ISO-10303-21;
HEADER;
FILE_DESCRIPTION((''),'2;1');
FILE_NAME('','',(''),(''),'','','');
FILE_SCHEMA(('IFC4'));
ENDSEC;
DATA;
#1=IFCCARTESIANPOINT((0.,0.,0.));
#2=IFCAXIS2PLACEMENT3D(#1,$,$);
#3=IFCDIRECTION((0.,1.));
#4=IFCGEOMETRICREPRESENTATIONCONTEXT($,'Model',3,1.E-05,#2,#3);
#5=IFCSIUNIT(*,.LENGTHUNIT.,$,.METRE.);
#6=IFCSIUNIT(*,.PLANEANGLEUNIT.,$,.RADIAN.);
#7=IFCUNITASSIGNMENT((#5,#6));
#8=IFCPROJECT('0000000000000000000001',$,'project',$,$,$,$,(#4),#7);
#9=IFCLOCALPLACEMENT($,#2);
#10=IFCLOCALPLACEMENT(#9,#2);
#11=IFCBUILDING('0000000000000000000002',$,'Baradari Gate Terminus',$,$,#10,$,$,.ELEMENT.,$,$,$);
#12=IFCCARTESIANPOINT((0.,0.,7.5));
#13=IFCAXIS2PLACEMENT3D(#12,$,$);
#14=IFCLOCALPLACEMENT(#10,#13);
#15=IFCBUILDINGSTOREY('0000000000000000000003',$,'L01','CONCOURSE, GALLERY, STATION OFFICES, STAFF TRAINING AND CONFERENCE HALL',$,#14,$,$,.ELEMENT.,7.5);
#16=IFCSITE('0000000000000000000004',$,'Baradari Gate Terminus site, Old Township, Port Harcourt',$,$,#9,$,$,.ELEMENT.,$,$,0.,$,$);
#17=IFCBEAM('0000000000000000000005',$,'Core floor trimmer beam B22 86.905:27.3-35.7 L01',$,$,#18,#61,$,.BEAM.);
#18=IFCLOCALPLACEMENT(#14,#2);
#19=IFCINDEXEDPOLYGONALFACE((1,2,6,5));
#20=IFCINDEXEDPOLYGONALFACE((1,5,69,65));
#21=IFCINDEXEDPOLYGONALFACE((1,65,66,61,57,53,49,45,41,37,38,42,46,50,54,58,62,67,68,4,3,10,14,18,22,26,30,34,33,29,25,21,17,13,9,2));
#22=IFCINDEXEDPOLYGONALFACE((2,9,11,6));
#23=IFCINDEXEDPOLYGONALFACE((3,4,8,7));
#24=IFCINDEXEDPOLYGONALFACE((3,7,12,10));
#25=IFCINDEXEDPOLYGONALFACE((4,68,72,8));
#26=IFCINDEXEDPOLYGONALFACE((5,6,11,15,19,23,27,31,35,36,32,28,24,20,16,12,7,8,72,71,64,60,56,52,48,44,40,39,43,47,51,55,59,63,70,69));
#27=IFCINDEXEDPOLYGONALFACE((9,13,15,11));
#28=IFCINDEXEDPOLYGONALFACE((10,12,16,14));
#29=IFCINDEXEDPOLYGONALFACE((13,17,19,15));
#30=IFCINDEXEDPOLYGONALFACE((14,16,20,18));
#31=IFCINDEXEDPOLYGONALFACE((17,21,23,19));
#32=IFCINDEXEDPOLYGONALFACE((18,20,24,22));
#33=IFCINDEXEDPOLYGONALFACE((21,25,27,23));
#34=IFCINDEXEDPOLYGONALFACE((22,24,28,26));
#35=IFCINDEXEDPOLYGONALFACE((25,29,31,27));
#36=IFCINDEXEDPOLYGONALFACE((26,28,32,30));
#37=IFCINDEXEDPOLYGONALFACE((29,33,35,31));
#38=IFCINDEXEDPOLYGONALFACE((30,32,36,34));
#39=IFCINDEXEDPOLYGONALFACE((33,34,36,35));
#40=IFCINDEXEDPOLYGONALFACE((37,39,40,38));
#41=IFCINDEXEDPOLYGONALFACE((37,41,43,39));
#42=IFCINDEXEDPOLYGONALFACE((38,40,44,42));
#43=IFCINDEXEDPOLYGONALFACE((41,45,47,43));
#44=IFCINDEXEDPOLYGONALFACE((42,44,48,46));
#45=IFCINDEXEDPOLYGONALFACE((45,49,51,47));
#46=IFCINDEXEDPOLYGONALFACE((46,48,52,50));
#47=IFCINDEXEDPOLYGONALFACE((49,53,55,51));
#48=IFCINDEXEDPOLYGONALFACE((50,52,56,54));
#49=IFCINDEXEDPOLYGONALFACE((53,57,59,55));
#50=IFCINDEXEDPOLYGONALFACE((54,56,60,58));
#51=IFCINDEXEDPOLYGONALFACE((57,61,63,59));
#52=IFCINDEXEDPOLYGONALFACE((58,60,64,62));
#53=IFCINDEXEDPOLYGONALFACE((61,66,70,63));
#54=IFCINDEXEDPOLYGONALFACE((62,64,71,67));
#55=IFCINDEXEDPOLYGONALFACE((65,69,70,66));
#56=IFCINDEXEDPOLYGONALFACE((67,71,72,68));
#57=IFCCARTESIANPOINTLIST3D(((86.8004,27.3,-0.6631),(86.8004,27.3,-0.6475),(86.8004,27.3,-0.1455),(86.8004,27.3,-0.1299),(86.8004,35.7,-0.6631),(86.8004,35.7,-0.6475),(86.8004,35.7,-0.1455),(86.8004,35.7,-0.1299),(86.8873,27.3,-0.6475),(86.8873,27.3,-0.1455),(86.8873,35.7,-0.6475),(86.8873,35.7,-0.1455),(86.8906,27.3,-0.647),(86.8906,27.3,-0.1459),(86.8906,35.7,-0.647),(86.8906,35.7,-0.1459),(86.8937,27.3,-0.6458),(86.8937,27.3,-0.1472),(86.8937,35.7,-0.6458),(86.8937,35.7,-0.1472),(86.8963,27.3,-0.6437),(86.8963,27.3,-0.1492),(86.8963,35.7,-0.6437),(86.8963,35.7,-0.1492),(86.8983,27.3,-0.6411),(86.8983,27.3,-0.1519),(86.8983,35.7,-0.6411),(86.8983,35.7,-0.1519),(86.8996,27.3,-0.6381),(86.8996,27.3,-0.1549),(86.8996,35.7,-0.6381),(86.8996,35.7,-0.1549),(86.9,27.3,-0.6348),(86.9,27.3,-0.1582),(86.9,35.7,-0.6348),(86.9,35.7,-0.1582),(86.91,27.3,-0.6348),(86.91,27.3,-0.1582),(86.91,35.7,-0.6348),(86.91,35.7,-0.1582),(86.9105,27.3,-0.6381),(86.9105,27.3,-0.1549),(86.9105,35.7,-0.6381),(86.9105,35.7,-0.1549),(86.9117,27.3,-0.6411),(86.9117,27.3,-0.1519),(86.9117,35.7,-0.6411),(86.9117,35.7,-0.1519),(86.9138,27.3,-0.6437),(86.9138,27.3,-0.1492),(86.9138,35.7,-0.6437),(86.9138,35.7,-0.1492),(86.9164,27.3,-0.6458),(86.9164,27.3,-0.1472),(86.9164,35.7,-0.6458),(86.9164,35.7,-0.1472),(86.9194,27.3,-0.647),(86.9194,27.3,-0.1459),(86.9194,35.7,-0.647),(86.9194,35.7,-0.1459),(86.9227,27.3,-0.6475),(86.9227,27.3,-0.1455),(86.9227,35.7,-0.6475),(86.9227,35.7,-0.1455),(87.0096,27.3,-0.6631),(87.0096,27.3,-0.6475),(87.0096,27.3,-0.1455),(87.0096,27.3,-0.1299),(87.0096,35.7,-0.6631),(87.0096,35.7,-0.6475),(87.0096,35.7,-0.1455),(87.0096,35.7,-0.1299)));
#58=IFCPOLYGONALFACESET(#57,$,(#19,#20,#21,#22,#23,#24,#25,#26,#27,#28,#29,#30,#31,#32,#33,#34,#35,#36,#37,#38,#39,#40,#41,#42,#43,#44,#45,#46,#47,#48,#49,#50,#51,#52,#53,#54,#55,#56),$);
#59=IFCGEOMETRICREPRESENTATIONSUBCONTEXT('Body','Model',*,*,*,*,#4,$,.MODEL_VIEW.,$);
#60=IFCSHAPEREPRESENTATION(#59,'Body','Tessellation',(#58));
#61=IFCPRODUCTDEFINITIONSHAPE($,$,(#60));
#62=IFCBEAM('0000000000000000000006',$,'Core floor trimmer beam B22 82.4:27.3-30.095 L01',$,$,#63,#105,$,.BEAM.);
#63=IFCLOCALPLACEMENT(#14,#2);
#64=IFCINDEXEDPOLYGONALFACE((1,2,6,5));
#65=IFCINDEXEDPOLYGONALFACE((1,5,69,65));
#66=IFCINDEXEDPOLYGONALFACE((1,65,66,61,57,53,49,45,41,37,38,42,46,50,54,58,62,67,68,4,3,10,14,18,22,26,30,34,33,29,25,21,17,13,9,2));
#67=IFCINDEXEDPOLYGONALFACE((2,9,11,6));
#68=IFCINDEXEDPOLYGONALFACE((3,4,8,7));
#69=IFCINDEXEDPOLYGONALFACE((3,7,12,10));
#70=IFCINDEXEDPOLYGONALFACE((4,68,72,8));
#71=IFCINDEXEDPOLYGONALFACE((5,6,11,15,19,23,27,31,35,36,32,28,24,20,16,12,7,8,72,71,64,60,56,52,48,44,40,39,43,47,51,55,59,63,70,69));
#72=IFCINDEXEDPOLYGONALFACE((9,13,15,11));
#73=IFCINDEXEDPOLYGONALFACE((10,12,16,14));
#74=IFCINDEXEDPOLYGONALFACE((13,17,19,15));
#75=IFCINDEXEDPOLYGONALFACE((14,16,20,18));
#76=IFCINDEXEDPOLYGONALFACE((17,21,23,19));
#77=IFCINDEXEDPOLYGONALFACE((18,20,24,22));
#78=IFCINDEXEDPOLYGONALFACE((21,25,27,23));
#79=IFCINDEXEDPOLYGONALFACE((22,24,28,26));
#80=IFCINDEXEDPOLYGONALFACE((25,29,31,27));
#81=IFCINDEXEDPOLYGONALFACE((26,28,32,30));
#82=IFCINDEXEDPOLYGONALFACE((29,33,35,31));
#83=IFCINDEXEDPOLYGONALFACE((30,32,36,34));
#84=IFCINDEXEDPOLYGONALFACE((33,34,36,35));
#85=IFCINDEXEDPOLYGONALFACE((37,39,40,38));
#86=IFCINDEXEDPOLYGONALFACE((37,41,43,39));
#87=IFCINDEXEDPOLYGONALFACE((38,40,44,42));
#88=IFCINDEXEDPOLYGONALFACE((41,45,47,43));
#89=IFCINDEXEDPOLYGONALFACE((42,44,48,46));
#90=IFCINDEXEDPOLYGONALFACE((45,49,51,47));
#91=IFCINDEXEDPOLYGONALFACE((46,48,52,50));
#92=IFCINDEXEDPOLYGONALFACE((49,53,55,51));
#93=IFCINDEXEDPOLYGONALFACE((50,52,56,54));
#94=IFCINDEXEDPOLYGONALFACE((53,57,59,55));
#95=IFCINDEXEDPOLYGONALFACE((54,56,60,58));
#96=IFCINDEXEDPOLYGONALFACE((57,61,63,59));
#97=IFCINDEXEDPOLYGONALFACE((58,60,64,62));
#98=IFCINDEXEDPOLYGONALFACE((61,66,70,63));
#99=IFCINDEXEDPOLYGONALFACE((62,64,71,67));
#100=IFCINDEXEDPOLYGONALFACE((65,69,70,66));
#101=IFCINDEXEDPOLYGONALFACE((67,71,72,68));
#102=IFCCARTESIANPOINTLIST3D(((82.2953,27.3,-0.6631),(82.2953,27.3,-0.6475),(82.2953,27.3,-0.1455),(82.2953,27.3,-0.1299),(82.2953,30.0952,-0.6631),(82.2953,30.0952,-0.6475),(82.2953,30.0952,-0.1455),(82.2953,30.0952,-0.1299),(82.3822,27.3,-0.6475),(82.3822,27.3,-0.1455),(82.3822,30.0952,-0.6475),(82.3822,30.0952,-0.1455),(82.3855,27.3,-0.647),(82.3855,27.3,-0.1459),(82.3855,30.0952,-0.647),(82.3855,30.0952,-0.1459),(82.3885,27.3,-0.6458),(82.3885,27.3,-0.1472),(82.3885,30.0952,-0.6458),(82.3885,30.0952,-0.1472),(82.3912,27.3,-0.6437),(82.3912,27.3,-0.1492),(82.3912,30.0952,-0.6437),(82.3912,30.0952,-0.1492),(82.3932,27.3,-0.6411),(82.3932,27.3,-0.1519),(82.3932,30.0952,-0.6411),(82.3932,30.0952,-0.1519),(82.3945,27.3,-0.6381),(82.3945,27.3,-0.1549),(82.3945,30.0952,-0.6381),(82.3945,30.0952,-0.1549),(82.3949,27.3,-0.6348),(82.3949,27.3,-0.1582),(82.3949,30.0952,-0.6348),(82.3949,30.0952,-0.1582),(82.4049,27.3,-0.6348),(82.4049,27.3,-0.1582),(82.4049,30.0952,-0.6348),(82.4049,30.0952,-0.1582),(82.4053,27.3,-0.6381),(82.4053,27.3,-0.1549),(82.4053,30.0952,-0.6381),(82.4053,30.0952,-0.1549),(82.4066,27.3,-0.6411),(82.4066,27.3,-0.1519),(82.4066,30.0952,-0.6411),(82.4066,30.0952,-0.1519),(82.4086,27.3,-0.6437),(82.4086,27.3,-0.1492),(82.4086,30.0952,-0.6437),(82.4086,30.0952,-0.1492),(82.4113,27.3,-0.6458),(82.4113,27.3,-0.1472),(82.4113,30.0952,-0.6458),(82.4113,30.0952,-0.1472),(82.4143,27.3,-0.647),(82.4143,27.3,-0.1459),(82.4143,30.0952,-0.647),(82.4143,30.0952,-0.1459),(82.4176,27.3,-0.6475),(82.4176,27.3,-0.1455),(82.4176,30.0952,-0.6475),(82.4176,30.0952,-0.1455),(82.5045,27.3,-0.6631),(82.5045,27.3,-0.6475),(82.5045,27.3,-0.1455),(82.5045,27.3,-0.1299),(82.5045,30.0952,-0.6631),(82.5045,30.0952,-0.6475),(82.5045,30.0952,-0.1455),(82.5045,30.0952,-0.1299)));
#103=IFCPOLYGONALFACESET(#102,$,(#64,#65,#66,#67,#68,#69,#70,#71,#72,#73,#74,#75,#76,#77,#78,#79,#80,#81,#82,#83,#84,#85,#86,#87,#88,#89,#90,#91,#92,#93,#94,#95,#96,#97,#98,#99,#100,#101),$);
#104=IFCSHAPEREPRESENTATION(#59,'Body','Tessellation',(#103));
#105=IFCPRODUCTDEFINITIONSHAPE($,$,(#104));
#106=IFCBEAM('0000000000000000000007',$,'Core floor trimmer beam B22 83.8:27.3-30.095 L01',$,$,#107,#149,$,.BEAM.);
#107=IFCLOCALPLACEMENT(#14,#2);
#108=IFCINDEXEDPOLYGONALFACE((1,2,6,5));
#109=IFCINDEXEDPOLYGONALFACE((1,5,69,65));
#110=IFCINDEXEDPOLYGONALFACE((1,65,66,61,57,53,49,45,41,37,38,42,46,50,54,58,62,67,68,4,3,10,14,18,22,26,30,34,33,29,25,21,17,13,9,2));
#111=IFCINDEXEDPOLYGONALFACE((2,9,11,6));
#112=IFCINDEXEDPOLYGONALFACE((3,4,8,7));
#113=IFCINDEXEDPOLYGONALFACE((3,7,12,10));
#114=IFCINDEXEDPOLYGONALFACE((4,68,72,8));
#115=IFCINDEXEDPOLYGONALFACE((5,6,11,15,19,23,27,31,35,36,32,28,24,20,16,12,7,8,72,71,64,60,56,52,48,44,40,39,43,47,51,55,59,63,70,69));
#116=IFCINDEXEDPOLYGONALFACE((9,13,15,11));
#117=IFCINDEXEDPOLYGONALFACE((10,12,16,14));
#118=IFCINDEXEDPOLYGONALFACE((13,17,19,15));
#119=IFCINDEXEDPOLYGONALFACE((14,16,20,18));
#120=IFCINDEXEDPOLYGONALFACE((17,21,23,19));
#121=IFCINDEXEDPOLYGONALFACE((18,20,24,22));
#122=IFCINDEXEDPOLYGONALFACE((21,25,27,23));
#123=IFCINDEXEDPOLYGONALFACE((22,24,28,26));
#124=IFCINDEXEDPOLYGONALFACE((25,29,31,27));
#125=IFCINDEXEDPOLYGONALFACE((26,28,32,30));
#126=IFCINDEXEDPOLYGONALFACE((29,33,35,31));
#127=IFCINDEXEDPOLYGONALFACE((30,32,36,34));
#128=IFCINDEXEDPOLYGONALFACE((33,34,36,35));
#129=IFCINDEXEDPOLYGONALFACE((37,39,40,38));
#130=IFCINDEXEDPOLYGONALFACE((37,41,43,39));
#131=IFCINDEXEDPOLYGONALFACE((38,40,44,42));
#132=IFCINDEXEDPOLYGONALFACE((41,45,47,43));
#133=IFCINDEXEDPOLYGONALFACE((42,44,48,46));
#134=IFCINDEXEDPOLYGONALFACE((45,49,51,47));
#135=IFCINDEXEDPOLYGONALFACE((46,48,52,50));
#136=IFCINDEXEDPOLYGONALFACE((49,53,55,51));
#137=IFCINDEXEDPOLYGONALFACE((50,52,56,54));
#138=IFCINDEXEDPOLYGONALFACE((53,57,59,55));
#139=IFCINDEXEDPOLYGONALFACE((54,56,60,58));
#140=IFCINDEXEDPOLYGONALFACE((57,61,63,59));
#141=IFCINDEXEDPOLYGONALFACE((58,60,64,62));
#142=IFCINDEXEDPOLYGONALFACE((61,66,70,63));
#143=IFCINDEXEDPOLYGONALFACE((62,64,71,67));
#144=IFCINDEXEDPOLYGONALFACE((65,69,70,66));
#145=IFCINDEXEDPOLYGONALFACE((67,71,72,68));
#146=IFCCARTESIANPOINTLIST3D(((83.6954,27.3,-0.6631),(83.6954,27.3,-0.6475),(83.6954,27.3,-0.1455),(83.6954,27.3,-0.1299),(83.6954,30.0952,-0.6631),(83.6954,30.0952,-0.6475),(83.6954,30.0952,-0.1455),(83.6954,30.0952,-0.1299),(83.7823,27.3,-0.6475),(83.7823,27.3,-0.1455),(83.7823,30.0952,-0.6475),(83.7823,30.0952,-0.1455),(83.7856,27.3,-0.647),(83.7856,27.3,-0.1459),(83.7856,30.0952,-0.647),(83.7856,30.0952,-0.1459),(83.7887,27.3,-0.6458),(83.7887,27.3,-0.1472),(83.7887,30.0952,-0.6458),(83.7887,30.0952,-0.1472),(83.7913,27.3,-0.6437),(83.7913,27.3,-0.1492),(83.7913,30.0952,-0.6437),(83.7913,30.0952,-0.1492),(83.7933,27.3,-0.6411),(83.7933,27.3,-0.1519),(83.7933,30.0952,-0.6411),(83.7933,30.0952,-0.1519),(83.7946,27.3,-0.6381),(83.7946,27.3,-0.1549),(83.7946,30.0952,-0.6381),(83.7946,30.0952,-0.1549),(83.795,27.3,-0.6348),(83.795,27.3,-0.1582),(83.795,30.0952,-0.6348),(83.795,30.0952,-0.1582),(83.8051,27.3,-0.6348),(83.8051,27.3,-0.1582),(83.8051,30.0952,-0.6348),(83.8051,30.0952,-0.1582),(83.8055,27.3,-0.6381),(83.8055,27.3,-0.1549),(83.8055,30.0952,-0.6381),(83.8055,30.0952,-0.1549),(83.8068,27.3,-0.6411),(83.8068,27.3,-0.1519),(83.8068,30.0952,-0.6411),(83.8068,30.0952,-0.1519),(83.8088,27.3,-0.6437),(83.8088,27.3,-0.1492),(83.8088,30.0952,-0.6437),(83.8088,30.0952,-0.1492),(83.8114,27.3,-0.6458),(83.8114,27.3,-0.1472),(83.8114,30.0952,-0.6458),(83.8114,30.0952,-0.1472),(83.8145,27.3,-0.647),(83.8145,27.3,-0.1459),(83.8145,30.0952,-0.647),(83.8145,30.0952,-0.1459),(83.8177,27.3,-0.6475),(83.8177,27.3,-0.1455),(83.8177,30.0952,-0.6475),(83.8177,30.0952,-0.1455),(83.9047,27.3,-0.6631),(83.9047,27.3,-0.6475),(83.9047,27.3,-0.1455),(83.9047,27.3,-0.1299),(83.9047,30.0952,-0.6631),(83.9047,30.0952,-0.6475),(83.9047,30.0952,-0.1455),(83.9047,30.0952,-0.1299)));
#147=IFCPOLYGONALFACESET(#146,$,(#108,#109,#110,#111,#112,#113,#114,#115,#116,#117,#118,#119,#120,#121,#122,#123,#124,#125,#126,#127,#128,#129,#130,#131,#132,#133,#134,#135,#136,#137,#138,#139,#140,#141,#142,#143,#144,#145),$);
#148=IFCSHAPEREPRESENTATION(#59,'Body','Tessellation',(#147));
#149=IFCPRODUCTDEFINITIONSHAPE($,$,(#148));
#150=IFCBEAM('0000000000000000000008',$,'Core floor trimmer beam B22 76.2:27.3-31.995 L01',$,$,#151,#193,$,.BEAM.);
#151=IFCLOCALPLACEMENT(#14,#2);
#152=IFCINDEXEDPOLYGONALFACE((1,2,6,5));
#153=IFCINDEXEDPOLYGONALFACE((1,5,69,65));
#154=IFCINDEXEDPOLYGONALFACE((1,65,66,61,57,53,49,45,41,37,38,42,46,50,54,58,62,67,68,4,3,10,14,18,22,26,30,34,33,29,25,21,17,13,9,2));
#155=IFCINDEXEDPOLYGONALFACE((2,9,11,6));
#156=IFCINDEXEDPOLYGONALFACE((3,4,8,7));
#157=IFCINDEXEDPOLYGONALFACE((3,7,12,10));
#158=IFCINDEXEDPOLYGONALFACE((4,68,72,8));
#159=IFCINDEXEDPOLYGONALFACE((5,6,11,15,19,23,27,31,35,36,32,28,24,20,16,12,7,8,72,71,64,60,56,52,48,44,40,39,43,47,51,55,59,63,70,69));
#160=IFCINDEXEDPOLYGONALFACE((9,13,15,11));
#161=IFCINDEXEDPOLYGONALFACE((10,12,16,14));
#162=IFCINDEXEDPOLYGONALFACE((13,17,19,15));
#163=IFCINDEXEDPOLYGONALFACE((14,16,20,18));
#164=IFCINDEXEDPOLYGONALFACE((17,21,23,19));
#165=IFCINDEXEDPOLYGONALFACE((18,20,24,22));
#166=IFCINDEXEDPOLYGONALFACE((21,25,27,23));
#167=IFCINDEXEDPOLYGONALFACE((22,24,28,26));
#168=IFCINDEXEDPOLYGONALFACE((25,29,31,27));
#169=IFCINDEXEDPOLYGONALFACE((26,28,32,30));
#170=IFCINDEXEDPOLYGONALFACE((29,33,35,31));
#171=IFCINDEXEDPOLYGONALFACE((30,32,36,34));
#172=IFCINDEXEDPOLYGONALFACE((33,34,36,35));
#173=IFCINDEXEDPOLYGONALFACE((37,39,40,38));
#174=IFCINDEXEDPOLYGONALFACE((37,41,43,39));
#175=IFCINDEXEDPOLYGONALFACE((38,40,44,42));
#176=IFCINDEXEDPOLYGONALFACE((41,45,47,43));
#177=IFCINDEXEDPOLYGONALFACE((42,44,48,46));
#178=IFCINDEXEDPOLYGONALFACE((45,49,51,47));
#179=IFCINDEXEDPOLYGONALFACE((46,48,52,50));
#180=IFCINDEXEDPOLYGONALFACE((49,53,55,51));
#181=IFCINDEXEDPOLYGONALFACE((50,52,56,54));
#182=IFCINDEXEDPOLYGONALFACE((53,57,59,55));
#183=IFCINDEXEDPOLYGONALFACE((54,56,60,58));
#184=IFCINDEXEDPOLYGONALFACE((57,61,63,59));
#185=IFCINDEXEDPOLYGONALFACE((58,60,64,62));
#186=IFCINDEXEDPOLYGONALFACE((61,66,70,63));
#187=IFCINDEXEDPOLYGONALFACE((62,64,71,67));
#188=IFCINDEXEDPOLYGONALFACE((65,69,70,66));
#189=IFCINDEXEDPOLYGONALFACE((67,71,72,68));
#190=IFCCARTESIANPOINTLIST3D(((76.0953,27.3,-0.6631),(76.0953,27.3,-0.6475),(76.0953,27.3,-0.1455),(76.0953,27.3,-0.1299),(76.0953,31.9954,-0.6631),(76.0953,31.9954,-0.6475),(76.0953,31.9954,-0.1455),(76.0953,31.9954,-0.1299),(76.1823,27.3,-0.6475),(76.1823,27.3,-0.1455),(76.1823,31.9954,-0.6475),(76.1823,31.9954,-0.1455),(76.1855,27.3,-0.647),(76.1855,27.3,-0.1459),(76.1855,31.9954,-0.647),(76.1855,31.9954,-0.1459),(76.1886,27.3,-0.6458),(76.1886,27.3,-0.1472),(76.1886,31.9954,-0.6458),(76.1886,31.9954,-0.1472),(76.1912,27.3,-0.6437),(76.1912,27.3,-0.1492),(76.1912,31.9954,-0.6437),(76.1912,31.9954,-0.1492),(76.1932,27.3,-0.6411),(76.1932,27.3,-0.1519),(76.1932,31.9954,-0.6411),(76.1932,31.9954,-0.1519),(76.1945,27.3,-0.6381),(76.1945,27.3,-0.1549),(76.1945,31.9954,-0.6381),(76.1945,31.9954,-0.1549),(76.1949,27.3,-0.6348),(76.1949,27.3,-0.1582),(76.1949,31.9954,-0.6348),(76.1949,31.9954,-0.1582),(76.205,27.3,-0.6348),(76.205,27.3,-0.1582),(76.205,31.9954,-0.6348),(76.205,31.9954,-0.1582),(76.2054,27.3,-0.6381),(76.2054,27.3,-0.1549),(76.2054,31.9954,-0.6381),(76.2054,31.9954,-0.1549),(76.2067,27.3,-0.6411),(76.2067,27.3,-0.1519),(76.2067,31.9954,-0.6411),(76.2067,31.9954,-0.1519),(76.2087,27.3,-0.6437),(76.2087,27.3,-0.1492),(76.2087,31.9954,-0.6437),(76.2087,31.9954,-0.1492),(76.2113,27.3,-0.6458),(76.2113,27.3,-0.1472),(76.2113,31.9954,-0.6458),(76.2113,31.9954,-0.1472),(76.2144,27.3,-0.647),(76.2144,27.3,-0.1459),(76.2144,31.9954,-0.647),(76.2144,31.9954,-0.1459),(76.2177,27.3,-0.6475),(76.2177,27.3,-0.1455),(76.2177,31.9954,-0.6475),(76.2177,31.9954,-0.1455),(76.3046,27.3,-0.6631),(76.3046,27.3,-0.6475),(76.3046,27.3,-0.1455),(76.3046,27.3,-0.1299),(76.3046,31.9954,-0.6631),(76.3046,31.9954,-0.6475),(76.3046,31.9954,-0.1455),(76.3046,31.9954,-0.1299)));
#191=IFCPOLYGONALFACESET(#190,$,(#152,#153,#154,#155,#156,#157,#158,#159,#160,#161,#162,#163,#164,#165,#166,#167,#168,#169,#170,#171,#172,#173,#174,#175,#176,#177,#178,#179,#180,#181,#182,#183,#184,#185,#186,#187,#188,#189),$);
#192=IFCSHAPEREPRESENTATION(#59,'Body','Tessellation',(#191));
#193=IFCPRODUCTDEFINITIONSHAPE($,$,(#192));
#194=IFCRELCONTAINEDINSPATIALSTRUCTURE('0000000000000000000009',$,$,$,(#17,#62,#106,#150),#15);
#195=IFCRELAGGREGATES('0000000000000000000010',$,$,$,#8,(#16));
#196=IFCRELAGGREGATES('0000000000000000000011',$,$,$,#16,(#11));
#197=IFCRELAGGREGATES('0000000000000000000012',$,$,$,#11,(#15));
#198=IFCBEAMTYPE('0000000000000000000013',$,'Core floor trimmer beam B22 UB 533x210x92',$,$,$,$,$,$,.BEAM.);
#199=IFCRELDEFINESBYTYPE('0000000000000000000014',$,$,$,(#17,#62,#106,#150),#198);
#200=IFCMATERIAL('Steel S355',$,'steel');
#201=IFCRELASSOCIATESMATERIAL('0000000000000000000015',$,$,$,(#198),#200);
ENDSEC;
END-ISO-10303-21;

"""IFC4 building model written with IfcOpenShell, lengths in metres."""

from ifc_helpers import new_model, si_unit, direction, frame, origin, origin_2d, place, context, subcontext, project, spatial, i_section, extrude, material, material_profile, profile_set, type_object, element, save


model = new_model("IFC4")

# Units and contexts
model_context = context("Model", 3, precision=1e-05, world=origin(), true_north=direction((0.0, 1.0)))
body_context = subcontext(model_context, "Body", "Model", "MODEL_VIEW")
ifc_project = project(units=[si_unit("LENGTHUNIT", "METRE"), si_unit("PLANEANGLEUNIT", "RADIAN")], contexts=[model_context])

# Site, building, storey
site_placement = place(None, origin())
site = spatial("IfcSite", under=ifc_project, at=site_placement, Name="Baradari Gate Terminus site, Old Township, Port Harcourt", CompositionType="ELEMENT", RefElevation=0.0)
building_placement = place(site_placement, origin())
building = spatial("IfcBuilding", under=site, at=building_placement, Name="Baradari Gate Terminus", CompositionType="ELEMENT")
storey_placement = place(building_placement, frame((0.0, 0.0, 7.5)))
storey = spatial("IfcBuildingStorey", under=building, at=storey_placement, Name="L01", Description="CONCOURSE, GALLERY, STATION OFFICES, STAFF TRAINING AND CONFERENCE HALL", CompositionType="ELEMENT", Elevation=7.5)

# Beams
ifc_material_1 = material(Name="Steel S355", Category="steel")
ifc_material_profile_1 = material_profile(ifc_material_1, i_section(OverallWidth=0.2092, OverallDepth=0.5332, WebThickness=0.01, FlangeThickness=0.0156, FilletRadius=0.0127, at=origin_2d()), Name="UB 533x210x92")
ifc_profile_set_1 = profile_set([ifc_material_profile_1], Name="Steel S355")
beam_type_1 = type_object("IfcBeamType", Name="Core floor trimmer beam B22 UB 533x210x92", PredefinedType="BEAM", material=ifc_profile_set_1)
beam_1_placement = place(storey_placement, frame((86.905, 27.3, -0.3965), z_axis=(0.0, 1.0, 0.0), x_axis=(-1.0, 0.0, 0.0)))
element("IfcBeam", 1, at=beam_1_placement, inside=storey, type_object=beam_type_1, Name="Core floor trimmer beam B22 86.905:27.3-35.7 L01", PredefinedType="BEAM", context=body_context, shape_type="SweptSolid", body=[
    extrude(i_section(OverallWidth=0.2092, OverallDepth=0.5332, WebThickness=0.01, FlangeThickness=0.0156, FilletRadius=0.0127, at=origin_2d()), origin(), (0.0, 0.0, 1.0), 8.3999),
])
for number, where, z_axis, x_axis, name in (
    (2, (82.3999, 27.3, -0.3965), (0.0, 1.0, 0.0), (-1.0, 0.0, 0.0), "Core floor trimmer beam B22 82.4:27.3-30.095 L01"),
    (3, (83.8, 27.3, -0.3965), (0.0, 1.0, 0.0), (-1.0, 0.0, 0.0), "Core floor trimmer beam B22 83.8:27.3-30.095 L01"),
):
    element("IfcBeam", number, at=place(storey_placement, frame(where, z_axis=z_axis, x_axis=x_axis)), inside=storey, type_object=beam_type_1, Name=name, PredefinedType="BEAM", context=body_context, shape_type="SweptSolid", body=[
        extrude(i_section(OverallWidth=0.2092, OverallDepth=0.5332, WebThickness=0.01, FlangeThickness=0.0156, FilletRadius=0.0127, at=origin_2d()), origin(), (0.0, 0.0, 1.0), 2.7952),
    ])
for number, where, z_axis, x_axis, name in (
    (4, (76.2, 27.3, -0.3965), (0.0, 1.0, 0.0), (-1.0, 0.0, 0.0), "Core floor trimmer beam B22 76.2:27.3-31.995 L01"),
):
    element("IfcBeam", number, at=place(storey_placement, frame(where, z_axis=z_axis, x_axis=x_axis)), inside=storey, type_object=beam_type_1, Name=name, PredefinedType="BEAM", context=body_context, shape_type="SweptSolid", body=[
        extrude(i_section(OverallWidth=0.2092, OverallDepth=0.5332, WebThickness=0.01, FlangeThickness=0.0156, FilletRadius=0.0127, at=origin_2d()), origin(), (0.0, 0.0, 1.0), 4.6953),
    ])

save(model, "model.ifc")
